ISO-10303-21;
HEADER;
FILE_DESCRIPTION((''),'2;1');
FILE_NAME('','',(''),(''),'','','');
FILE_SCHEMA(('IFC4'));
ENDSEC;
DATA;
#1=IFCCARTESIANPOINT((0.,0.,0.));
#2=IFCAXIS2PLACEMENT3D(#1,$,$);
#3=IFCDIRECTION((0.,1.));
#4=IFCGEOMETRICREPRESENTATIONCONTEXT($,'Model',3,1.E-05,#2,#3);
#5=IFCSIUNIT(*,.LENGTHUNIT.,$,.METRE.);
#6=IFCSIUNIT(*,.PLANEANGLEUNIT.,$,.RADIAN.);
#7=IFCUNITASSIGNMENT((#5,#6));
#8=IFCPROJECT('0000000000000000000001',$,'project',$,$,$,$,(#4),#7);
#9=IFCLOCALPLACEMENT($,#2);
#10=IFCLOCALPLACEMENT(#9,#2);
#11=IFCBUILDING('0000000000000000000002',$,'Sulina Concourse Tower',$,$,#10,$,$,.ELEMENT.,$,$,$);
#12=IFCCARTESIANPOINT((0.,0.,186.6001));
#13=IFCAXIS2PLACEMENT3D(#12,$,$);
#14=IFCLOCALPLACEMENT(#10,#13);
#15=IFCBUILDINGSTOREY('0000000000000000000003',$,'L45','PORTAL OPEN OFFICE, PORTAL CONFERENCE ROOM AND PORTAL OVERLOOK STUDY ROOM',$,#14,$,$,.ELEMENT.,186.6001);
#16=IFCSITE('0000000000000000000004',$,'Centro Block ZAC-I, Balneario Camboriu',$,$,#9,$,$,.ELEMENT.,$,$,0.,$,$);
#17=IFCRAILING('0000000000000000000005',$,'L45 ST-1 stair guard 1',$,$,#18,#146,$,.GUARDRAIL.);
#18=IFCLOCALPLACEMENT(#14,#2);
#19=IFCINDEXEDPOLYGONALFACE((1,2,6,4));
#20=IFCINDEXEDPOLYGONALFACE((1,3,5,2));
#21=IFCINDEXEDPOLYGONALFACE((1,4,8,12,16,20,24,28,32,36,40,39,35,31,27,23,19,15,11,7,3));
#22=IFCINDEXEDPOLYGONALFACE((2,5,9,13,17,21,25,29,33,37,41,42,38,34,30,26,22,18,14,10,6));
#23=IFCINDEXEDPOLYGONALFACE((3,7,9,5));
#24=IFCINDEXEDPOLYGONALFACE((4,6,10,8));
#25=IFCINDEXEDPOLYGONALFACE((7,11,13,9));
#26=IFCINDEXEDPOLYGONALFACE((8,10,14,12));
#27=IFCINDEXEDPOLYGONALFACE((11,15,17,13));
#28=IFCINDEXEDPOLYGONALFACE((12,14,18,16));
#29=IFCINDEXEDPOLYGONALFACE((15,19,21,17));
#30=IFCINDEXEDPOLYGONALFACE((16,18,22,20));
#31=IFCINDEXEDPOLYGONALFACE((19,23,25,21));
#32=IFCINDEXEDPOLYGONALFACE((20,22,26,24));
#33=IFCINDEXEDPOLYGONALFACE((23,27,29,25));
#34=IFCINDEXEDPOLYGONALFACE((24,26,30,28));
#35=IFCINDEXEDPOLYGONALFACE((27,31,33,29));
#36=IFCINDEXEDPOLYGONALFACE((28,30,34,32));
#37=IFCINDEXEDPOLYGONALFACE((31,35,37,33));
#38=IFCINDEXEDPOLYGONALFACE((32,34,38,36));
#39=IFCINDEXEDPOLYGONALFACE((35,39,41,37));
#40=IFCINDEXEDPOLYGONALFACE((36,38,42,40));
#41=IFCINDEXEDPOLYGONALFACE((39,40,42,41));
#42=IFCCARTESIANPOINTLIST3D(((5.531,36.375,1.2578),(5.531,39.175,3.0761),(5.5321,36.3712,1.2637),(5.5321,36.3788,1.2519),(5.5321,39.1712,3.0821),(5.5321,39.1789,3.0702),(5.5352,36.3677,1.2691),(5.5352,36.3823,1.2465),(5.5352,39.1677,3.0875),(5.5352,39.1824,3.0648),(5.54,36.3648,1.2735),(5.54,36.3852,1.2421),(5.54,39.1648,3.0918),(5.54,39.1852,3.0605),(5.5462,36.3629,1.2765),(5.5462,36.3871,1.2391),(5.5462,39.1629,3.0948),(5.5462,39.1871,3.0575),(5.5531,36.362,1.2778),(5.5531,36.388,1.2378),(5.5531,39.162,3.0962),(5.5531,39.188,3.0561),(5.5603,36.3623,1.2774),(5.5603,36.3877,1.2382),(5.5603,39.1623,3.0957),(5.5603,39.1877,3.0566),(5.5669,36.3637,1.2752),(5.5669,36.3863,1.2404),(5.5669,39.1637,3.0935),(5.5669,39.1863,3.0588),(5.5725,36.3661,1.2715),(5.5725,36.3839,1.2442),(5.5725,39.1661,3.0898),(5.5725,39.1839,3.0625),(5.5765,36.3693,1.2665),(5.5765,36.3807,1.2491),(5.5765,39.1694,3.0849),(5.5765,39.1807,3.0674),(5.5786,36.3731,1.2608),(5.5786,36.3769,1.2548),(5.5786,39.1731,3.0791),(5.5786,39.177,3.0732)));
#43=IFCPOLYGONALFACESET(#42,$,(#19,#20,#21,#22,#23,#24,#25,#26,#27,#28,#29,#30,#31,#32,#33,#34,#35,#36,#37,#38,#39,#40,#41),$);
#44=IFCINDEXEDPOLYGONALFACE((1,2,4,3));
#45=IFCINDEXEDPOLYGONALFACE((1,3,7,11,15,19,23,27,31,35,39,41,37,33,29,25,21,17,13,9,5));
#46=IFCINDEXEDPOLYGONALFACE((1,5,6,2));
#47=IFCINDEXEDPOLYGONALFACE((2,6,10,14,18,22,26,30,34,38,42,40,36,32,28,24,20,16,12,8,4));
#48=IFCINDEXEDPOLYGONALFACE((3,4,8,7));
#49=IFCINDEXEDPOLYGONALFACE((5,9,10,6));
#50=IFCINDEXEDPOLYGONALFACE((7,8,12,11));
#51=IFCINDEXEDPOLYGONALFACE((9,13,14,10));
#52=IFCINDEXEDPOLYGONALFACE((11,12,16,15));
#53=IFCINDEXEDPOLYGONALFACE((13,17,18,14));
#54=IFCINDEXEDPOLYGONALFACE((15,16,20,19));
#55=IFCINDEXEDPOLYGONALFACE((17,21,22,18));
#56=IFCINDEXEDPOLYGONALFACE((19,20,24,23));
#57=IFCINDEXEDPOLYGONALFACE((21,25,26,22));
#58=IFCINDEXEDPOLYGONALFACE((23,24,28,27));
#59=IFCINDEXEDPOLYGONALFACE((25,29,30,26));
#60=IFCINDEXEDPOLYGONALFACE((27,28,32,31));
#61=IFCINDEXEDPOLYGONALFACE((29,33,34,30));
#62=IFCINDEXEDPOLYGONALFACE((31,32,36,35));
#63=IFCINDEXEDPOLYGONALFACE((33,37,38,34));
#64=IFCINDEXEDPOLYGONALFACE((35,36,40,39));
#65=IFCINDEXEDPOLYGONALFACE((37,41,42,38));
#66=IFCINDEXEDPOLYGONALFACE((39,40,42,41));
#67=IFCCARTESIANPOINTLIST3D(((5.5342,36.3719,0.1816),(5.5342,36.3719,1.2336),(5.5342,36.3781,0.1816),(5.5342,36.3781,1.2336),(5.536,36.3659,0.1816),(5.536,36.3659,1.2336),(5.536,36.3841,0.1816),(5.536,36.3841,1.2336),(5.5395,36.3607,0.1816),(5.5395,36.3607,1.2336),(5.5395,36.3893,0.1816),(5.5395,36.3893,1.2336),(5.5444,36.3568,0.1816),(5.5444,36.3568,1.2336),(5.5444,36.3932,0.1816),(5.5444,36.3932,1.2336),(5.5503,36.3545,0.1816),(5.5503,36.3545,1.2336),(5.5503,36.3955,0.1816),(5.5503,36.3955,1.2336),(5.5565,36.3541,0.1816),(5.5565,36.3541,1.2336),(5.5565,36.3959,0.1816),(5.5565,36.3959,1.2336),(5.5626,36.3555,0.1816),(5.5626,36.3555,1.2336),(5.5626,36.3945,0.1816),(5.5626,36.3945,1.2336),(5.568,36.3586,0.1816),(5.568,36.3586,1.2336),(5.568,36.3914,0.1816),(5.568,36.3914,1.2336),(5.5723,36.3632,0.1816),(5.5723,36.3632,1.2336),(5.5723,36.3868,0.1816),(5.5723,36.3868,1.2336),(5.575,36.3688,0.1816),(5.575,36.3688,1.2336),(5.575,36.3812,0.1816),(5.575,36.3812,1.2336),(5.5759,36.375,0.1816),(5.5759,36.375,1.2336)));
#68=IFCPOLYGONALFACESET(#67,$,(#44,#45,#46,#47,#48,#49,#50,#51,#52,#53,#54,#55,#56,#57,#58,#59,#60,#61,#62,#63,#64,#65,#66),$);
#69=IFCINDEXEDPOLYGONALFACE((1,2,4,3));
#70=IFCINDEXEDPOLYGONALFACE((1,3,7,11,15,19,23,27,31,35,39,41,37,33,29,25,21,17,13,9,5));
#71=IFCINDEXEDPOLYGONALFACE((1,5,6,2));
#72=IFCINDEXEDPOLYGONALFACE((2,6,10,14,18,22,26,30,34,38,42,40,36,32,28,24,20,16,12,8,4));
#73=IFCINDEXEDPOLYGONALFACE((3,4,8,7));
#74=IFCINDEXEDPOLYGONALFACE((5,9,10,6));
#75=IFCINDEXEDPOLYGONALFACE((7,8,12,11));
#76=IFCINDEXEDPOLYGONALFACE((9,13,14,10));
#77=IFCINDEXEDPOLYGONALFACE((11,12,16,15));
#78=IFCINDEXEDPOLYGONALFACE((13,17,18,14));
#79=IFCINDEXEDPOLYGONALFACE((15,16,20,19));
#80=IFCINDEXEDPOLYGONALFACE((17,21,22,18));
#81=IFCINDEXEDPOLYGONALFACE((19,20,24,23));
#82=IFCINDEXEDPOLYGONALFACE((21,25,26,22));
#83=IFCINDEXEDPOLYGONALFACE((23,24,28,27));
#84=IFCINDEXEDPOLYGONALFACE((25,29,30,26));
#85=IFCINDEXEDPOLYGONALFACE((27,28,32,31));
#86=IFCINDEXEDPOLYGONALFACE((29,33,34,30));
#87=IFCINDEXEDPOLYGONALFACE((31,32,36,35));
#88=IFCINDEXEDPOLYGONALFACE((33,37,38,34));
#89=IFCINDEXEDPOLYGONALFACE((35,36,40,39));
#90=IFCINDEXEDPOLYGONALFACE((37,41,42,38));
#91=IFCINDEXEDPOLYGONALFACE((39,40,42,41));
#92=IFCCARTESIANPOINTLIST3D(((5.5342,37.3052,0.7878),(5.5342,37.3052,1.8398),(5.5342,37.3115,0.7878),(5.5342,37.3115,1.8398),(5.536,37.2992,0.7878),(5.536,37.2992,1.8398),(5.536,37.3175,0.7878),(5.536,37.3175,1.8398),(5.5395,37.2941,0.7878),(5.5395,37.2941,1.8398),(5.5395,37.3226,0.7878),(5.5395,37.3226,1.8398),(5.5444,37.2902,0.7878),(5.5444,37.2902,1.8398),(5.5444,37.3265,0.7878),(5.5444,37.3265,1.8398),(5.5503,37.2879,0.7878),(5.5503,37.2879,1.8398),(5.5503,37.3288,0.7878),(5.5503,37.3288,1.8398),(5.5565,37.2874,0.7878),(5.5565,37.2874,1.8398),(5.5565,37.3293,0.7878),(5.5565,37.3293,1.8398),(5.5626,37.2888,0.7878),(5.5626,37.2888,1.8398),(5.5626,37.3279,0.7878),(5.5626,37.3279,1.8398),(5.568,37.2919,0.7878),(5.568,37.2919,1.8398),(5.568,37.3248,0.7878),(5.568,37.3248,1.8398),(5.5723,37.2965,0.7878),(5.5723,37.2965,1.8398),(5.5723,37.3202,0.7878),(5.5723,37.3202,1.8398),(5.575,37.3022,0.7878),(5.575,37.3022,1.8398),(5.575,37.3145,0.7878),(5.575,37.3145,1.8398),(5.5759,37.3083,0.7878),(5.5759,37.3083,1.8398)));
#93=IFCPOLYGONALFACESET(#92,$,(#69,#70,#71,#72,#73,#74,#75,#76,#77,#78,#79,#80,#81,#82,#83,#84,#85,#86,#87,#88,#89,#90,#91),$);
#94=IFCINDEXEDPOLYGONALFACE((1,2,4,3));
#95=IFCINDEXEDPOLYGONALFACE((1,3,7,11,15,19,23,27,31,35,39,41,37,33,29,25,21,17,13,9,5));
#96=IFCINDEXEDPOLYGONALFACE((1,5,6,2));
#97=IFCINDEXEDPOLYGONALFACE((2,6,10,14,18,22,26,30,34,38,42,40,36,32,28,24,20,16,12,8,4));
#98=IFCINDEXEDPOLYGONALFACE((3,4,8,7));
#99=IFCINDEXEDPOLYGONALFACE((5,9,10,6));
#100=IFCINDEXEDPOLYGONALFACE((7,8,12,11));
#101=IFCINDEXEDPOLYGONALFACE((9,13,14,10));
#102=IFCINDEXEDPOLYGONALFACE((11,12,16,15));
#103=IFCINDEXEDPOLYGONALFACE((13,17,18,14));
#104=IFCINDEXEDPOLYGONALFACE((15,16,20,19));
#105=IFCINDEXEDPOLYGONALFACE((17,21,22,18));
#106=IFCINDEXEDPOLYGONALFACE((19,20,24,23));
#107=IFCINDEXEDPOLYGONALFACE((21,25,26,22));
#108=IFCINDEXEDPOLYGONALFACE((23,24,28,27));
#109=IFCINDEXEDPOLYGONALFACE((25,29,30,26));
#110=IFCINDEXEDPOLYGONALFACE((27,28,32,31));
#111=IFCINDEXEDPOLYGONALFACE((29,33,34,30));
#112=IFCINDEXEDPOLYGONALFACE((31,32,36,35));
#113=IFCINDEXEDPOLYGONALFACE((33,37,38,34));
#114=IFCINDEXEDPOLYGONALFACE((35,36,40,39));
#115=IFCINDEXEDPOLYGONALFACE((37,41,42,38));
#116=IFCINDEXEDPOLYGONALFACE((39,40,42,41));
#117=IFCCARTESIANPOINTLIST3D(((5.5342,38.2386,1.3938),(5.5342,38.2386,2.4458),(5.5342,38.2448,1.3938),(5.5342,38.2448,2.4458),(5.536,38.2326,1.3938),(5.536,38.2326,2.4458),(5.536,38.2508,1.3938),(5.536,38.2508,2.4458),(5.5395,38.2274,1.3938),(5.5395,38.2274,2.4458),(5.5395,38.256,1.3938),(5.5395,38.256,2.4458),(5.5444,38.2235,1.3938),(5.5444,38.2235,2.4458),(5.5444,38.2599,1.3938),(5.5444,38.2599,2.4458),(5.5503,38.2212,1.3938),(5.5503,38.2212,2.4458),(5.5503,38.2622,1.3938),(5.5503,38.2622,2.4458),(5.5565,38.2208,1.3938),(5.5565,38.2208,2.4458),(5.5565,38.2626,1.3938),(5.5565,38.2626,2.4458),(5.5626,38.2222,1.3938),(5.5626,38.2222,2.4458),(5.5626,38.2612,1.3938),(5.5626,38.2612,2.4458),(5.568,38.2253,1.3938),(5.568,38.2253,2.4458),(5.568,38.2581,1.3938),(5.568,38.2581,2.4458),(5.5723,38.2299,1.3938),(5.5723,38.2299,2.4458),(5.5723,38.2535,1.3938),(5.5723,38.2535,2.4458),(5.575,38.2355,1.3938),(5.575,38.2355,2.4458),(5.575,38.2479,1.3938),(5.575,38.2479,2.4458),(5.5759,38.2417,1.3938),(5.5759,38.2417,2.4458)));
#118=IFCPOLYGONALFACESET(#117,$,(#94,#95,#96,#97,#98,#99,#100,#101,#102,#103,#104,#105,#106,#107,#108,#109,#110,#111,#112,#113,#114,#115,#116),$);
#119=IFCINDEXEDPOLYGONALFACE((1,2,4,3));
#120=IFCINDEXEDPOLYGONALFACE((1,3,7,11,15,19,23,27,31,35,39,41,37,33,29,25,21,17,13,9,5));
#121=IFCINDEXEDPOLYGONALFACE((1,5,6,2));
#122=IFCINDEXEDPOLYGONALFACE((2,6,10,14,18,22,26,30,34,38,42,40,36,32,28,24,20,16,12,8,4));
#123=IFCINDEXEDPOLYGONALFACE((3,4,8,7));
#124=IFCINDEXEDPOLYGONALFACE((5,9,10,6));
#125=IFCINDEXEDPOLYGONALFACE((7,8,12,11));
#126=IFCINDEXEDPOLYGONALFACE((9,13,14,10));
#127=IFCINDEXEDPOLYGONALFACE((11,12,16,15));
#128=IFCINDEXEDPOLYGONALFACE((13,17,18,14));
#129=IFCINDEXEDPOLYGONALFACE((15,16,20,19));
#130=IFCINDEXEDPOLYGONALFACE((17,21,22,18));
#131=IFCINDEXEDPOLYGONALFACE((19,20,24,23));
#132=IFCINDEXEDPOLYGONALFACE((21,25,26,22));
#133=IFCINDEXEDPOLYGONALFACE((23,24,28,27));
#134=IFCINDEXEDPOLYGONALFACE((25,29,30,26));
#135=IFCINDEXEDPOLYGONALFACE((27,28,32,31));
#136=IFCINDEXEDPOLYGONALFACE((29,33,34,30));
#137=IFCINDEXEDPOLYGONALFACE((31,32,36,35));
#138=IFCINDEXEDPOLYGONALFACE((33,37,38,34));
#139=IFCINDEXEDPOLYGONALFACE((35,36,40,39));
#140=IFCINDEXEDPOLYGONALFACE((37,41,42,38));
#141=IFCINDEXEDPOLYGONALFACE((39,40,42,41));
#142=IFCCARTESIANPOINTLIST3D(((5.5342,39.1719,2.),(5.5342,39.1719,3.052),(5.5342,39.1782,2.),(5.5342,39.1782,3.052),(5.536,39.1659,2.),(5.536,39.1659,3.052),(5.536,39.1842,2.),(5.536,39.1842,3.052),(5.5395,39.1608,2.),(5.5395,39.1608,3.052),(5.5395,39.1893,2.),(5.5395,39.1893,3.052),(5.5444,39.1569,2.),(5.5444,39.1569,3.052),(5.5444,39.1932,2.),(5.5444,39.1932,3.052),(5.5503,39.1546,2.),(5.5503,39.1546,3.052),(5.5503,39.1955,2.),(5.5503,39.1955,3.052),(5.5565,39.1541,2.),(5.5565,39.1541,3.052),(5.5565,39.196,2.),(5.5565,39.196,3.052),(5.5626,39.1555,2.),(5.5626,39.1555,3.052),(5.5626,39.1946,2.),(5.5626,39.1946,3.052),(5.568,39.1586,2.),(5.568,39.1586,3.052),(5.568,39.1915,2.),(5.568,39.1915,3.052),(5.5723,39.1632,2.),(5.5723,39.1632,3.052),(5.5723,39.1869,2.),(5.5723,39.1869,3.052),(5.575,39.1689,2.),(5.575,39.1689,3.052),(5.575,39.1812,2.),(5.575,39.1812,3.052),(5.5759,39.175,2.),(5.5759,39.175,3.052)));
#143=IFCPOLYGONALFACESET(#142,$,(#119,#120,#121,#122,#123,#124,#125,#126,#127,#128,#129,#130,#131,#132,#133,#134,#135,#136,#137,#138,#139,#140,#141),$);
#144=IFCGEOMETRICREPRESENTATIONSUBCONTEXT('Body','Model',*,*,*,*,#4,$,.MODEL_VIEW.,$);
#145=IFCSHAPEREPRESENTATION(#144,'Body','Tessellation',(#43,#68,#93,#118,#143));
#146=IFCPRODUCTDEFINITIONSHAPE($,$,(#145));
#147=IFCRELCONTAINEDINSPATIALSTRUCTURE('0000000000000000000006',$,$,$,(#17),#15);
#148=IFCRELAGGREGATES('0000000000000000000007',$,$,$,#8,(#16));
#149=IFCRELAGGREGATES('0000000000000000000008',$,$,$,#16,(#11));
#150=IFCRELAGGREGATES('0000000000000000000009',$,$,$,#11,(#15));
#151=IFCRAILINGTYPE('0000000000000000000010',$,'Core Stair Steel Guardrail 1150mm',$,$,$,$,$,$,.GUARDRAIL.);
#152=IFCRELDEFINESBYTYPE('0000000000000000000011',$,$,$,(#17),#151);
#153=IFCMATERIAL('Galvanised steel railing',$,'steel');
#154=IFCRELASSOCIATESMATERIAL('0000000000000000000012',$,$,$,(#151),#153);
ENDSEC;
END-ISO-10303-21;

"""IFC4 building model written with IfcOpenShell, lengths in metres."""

from ifc_helpers import new_model, si_unit, direction, frame, origin, origin_2d, place, context, subcontext, project, spatial, circle, extrude, material, type_object, element, save


model = new_model("IFC4")

# Units and contexts
model_context = context("Model", 3, precision=1e-05, world=origin(), true_north=direction((0.0, 1.0)))
body_context = subcontext(model_context, "Body", "Model", "MODEL_VIEW")
ifc_project = project(units=[si_unit("LENGTHUNIT", "METRE"), si_unit("PLANEANGLEUNIT", "RADIAN")], contexts=[model_context])

# Site, building, storey
site_placement = place(None, origin())
site = spatial("IfcSite", under=ifc_project, at=site_placement, Name="Centro Block ZAC-I, Balneario Camboriu", CompositionType="ELEMENT", RefElevation=0.0)
building_placement = place(site_placement, origin())
building = spatial("IfcBuilding", under=site, at=building_placement, Name="Sulina Concourse Tower", CompositionType="ELEMENT")
storey_placement = place(building_placement, frame((0.0, 0.0, 186.6001)))
storey = spatial("IfcBuildingStorey", under=building, at=storey_placement, Name="L45", Description="PORTAL OPEN OFFICE, PORTAL CONFERENCE ROOM AND PORTAL OVERLOOK STUDY ROOM", CompositionType="ELEMENT", Elevation=186.6001)

# Railing
ifc_material_1 = material(Name="Galvanised steel railing", Category="steel")
railing_type_1 = type_object("IfcRailingType", Name="Core Stair Steel Guardrail 1150mm", PredefinedType="GUARDRAIL", material=ifc_material_1)
railing_1_placement = place(storey_placement, frame((5.5549, 36.375, 0.1816)))
element("IfcRailing", 1, at=railing_1_placement, inside=storey, type_object=railing_type_1, Name="L45 ST-1 stair guard 1", PredefinedType="GUARDRAIL", context=body_context, shape_type="SweptSolid", body=[
    extrude(circle(Radius=0.0239, at=origin_2d()), frame((0.0, 0.0, 1.0762), z_axis=(0.0, 0.838672, 0.544636), x_axis=(-1.0, 0.0, 0.0)), (0.0, 0.0, 1.0), 3.3386),
    extrude(circle(Radius=0.021, at=origin_2d()), origin(), (0.0, 0.0, 1.0), 1.052),
    extrude(circle(Radius=0.021, at=origin_2d()), frame((0.0, 0.9333, 0.6062)), (0.0, 0.0, 1.0), 1.052),
    extrude(circle(Radius=0.021, at=origin_2d()), frame((0.0, 1.8667, 1.2122)), (0.0, 0.0, 1.0), 1.052),
    extrude(circle(Radius=0.021, at=origin_2d()), frame((0.0, 2.8, 1.8184)), (0.0, 0.0, 1.0), 1.052),
])

save(model, "model.ifc")
